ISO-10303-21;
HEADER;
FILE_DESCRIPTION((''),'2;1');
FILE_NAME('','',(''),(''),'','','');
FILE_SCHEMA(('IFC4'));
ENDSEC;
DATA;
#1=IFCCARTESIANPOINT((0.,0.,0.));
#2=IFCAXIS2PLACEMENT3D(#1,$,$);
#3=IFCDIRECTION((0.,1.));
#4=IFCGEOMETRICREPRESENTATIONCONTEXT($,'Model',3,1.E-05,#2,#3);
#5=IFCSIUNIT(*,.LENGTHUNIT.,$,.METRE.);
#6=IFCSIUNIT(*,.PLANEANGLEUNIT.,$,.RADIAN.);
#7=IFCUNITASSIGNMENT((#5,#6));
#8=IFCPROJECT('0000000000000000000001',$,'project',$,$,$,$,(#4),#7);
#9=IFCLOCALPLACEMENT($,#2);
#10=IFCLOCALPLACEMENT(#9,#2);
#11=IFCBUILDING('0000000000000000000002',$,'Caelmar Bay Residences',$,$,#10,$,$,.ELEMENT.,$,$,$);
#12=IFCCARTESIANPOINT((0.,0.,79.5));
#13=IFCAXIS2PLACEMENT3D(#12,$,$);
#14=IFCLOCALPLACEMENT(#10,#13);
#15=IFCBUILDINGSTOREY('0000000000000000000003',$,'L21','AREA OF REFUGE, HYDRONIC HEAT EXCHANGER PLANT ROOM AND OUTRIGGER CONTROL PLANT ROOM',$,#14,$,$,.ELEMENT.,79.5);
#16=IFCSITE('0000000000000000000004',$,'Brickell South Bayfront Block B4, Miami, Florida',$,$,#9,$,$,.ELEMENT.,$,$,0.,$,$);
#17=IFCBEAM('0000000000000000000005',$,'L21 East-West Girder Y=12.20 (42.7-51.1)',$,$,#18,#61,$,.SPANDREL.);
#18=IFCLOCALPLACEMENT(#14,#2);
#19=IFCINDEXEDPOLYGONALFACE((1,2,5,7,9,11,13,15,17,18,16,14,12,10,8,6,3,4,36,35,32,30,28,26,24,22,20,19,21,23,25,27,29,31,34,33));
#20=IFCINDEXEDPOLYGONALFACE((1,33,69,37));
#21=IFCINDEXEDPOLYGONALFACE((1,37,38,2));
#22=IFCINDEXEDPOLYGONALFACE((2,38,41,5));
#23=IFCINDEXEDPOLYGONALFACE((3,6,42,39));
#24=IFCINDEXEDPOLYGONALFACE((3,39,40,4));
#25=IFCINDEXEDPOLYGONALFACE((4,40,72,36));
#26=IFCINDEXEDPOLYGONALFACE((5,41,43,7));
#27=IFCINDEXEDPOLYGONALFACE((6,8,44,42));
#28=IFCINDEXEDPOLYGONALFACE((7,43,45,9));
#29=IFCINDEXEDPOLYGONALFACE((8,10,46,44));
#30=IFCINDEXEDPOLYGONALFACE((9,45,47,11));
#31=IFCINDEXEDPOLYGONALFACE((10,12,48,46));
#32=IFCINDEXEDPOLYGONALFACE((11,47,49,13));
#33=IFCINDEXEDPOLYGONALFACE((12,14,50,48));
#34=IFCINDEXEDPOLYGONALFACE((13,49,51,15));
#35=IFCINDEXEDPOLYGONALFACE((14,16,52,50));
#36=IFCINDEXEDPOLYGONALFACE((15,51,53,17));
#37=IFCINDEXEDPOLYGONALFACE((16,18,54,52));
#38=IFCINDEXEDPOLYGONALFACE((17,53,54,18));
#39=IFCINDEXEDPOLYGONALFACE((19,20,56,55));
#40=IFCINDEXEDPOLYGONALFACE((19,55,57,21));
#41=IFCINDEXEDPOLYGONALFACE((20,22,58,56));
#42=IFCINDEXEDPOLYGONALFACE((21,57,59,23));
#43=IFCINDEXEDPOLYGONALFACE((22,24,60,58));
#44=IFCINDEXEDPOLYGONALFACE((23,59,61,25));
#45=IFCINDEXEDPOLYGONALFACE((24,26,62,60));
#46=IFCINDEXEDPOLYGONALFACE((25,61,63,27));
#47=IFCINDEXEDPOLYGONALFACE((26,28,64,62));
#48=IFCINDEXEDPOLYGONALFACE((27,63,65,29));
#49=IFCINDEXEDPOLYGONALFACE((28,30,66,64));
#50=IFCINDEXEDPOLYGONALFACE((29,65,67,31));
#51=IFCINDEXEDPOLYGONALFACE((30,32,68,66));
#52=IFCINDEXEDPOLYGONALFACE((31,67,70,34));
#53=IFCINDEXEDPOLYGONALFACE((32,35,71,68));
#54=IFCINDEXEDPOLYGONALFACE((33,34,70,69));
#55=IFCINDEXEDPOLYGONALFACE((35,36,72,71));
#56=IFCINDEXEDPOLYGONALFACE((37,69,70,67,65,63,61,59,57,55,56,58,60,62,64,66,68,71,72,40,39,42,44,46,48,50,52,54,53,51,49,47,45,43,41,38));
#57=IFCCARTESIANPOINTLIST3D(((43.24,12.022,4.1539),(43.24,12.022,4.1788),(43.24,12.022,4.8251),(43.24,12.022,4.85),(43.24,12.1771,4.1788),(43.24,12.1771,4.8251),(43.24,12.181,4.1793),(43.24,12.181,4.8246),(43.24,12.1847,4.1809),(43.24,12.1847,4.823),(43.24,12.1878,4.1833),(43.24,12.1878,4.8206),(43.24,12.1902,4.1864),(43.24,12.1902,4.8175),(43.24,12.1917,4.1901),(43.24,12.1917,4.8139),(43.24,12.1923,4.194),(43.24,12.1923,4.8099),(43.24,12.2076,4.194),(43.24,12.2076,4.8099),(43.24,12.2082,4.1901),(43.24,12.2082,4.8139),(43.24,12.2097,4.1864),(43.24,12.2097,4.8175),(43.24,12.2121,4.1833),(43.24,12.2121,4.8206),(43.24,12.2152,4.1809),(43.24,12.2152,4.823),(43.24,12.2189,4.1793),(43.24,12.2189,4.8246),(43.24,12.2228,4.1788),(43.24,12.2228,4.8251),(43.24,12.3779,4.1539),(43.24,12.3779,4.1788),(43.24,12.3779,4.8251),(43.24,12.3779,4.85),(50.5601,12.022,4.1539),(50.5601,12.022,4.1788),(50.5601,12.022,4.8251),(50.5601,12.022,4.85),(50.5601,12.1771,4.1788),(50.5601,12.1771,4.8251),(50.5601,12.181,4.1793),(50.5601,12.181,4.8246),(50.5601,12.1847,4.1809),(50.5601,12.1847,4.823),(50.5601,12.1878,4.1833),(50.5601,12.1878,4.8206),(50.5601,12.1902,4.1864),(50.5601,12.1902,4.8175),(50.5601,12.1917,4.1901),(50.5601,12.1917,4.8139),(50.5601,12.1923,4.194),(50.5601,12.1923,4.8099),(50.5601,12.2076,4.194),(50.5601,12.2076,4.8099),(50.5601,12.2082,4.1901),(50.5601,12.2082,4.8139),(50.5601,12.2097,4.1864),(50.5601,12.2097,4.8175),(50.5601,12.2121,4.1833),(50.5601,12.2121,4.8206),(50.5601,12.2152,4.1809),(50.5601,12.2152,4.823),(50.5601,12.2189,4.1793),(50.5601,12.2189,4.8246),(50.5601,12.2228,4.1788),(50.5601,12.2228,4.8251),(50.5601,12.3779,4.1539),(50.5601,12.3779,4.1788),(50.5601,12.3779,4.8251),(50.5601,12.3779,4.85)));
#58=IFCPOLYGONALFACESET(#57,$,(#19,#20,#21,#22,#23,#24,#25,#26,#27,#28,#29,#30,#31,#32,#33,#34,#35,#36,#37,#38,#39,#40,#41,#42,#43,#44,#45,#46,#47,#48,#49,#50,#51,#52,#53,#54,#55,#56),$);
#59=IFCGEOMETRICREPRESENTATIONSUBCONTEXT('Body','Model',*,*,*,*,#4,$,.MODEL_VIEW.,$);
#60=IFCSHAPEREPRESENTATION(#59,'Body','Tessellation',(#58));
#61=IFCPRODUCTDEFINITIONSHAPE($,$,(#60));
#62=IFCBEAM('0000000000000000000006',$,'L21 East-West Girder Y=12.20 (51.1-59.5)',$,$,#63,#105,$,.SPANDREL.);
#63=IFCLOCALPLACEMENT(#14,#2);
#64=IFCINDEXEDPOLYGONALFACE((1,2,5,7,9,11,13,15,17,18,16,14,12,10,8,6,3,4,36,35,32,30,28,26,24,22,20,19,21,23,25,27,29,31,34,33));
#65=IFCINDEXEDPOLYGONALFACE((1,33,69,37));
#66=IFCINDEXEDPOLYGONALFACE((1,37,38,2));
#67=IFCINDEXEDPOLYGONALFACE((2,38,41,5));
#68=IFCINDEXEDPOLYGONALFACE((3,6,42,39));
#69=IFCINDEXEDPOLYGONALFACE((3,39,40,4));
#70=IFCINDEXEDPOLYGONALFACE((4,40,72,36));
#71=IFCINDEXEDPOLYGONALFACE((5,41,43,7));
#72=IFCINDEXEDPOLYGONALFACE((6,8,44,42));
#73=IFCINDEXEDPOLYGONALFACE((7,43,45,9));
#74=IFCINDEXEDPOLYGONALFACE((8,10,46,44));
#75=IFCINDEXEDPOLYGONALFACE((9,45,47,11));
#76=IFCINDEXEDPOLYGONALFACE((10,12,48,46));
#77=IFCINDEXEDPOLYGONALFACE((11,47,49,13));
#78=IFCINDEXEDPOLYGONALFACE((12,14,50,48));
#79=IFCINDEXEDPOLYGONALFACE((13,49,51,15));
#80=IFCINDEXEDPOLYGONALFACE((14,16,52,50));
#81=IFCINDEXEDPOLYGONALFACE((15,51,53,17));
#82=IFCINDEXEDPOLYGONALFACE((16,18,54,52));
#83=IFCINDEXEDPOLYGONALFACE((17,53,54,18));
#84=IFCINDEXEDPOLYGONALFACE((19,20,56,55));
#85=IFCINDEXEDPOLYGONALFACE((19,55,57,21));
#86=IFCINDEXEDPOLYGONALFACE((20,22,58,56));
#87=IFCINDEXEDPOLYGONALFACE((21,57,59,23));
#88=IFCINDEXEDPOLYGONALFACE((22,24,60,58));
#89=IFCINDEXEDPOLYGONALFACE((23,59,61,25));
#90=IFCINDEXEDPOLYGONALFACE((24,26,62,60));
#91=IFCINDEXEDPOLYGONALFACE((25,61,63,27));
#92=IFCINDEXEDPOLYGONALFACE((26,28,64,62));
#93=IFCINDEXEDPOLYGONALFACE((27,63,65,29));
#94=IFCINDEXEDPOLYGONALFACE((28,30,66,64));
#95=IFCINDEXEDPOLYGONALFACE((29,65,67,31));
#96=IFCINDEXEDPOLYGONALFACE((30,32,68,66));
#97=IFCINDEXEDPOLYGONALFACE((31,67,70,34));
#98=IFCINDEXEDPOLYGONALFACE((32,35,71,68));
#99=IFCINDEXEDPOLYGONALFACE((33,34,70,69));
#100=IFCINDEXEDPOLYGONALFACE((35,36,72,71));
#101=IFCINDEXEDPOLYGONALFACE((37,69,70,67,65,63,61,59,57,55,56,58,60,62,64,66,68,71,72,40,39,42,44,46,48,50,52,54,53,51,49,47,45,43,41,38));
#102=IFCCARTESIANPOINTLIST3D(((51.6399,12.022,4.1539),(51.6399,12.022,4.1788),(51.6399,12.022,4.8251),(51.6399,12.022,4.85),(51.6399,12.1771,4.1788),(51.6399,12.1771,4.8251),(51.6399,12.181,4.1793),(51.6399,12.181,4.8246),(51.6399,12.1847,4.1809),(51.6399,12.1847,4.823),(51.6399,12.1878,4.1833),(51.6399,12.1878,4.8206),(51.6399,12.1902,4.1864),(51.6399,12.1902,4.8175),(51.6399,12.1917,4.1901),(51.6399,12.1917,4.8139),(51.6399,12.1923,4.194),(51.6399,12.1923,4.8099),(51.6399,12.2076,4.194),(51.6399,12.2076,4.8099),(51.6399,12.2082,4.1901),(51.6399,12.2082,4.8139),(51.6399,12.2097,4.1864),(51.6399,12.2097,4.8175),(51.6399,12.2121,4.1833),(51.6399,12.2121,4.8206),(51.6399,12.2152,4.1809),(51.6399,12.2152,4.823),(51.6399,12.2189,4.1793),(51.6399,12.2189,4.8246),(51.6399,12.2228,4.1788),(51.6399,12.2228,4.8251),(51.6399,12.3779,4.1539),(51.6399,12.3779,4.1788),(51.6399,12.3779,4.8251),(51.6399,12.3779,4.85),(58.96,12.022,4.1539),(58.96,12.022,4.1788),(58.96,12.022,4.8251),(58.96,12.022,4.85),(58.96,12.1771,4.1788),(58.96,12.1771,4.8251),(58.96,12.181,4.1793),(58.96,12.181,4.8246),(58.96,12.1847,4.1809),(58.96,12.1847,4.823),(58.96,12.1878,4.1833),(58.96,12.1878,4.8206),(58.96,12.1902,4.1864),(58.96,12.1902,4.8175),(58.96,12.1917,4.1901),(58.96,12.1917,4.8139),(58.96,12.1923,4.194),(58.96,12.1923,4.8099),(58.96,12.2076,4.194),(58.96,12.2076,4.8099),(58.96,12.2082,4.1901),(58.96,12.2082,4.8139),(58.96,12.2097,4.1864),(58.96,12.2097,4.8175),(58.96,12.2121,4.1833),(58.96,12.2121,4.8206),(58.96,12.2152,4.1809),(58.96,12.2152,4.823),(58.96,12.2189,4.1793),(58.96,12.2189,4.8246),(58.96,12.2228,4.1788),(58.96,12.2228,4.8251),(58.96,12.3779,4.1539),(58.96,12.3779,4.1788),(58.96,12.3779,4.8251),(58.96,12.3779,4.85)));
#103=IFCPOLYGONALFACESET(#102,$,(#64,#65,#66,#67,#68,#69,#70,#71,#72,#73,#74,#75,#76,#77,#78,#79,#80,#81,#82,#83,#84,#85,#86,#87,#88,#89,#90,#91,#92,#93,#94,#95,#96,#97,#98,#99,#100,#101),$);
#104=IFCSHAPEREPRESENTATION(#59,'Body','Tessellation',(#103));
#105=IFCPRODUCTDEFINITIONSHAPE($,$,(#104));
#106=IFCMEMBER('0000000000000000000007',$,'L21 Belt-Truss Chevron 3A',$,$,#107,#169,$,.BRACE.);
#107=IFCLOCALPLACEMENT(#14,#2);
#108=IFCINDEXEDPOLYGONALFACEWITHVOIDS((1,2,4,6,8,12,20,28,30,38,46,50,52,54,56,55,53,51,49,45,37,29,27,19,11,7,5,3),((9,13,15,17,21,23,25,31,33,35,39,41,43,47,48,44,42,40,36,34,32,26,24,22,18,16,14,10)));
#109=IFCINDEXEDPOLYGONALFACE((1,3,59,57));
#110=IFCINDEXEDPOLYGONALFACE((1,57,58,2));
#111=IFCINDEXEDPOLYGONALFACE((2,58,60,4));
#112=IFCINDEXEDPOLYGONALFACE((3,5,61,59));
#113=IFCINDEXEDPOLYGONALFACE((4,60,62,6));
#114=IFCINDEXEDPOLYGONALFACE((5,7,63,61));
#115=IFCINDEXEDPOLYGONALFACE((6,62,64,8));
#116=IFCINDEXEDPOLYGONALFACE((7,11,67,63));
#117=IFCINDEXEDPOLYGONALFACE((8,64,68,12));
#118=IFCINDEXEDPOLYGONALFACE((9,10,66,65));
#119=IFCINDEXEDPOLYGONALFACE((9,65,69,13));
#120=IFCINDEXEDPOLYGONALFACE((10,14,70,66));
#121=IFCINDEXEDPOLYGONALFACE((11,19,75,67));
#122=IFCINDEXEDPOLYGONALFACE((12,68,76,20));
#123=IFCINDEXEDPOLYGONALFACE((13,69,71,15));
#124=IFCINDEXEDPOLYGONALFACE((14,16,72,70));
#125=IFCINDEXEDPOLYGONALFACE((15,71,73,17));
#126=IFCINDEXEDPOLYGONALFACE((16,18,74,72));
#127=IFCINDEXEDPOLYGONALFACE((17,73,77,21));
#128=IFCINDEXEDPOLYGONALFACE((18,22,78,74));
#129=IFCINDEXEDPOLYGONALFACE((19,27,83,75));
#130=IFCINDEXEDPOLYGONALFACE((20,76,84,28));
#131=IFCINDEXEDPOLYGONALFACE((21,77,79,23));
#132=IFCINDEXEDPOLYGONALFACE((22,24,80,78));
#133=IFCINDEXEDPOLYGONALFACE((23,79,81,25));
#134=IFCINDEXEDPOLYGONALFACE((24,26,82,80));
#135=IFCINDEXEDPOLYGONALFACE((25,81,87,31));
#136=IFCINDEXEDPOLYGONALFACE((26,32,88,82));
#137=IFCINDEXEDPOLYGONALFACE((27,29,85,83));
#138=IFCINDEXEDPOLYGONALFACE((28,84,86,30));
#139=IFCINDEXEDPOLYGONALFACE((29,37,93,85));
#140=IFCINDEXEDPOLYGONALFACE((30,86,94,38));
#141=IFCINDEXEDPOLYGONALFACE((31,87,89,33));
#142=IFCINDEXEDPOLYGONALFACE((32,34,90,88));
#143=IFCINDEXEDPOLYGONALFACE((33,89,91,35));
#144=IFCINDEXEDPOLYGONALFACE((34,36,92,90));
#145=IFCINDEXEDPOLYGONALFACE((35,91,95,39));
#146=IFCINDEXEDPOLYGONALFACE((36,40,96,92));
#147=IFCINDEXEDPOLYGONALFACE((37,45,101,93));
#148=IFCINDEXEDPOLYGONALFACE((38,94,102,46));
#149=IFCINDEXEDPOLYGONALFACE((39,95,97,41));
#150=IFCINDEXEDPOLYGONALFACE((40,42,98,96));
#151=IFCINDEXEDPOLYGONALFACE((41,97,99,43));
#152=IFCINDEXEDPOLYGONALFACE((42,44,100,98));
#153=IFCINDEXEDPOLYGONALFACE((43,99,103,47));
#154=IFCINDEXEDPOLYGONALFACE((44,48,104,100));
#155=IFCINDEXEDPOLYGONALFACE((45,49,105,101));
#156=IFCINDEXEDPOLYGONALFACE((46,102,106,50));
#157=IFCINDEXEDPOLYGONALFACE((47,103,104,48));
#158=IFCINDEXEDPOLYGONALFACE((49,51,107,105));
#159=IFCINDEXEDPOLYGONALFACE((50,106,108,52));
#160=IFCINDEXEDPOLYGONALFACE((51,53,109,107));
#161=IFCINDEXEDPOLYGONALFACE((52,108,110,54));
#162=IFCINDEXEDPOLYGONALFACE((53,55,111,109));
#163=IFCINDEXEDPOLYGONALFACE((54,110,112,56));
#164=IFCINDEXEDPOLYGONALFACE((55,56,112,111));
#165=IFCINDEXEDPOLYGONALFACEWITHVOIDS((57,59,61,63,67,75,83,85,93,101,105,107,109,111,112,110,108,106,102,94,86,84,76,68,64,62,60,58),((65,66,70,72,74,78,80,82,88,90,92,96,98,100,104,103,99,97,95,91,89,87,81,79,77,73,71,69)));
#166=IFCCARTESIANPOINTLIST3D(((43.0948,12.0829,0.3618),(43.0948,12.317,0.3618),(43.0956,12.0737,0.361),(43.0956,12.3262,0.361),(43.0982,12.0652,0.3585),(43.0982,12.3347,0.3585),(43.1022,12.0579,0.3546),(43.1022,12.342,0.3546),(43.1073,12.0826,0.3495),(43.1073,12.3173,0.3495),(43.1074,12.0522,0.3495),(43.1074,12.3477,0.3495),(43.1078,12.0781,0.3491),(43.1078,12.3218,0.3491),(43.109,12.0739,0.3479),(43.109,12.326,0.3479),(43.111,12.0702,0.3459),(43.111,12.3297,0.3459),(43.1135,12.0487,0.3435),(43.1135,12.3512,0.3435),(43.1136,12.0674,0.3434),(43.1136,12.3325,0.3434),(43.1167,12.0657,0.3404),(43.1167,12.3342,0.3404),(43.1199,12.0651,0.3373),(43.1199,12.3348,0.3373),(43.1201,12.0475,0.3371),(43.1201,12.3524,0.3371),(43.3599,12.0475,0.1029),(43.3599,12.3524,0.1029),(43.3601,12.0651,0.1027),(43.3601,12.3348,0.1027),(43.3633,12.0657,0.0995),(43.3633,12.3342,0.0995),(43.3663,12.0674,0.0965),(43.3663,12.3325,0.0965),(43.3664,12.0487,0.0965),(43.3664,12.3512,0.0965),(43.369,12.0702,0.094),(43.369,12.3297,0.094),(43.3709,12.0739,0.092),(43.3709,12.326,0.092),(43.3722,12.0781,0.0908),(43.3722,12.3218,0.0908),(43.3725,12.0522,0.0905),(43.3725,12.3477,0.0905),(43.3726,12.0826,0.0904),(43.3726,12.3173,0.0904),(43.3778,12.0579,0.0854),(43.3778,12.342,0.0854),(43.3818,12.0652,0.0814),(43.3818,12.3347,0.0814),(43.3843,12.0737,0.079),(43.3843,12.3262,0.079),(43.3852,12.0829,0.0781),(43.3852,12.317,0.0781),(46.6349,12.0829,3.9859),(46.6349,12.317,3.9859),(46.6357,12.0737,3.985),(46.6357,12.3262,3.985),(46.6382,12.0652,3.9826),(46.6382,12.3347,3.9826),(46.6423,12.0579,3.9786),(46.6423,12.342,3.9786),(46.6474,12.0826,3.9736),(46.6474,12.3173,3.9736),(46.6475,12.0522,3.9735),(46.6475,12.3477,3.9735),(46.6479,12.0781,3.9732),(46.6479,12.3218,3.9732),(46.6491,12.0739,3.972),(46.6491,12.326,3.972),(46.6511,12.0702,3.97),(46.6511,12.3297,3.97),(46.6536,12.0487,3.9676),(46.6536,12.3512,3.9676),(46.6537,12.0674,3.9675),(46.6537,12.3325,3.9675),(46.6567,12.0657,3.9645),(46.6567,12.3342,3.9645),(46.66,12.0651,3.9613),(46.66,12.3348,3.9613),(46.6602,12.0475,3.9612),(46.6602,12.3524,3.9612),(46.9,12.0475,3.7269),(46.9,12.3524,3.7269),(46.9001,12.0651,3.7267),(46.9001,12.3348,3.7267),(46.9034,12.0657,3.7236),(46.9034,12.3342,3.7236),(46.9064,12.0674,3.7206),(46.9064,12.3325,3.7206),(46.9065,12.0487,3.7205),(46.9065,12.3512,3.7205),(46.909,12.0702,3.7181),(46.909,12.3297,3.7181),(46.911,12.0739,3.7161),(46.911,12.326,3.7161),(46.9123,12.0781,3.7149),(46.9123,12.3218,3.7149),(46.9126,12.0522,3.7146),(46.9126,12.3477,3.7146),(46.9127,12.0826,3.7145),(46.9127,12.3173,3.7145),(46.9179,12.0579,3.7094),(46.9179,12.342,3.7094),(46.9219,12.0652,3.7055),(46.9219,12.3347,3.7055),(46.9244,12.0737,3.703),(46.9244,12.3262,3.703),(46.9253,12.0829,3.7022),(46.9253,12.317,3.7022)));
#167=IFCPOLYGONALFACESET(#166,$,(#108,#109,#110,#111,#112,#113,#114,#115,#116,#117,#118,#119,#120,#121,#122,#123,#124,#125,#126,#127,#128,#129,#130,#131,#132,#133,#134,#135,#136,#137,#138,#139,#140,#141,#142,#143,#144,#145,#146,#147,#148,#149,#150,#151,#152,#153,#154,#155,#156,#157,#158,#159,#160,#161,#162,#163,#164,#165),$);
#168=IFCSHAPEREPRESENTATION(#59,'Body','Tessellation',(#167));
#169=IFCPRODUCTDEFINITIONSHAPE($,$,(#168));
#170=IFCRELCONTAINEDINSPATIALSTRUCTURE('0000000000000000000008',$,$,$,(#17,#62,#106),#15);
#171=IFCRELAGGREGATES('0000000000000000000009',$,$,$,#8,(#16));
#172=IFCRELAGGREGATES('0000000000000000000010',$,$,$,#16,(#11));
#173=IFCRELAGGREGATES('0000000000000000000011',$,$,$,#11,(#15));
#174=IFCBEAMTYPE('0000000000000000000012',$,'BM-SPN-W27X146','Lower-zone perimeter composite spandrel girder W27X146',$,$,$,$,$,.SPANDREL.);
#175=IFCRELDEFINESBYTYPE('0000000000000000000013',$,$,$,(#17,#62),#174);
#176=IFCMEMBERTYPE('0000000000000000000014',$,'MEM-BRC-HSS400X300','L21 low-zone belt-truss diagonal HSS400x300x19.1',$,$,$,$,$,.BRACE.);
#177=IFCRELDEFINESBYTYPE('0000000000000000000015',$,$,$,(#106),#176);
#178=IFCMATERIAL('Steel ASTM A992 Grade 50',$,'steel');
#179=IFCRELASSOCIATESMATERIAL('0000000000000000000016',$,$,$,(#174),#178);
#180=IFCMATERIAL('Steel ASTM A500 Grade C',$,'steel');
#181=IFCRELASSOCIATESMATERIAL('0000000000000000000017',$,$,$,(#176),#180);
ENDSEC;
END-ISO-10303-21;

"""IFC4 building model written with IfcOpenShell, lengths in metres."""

from ifc_helpers import new_model, si_unit, direction, frame, origin, origin_2d, place, context, subcontext, project, spatial, hollow_rectangle, i_section, extrude, material, material_profile, profile_set, type_object, element, save


model = new_model("IFC4")

# Units and contexts
model_context = context("Model", 3, precision=1e-05, world=origin(), true_north=direction((0.0, 1.0)))
body_context = subcontext(model_context, "Body", "Model", "MODEL_VIEW")
ifc_project = project(units=[si_unit("LENGTHUNIT", "METRE"), si_unit("PLANEANGLEUNIT", "RADIAN")], contexts=[model_context])

# Site, building, storey
site_placement = place(None, origin())
site = spatial("IfcSite", under=ifc_project, at=site_placement, Name="Brickell South Bayfront Block B4, Miami, Florida", CompositionType="ELEMENT", RefElevation=0.0)
building_placement = place(site_placement, origin())
building = spatial("IfcBuilding", under=site, at=building_placement, Name="Caelmar Bay Residences", CompositionType="ELEMENT")
storey_placement = place(building_placement, frame((0.0, 0.0, 79.5)))
storey = spatial("IfcBuildingStorey", under=building, at=storey_placement, Name="L21", Description="AREA OF REFUGE, HYDRONIC HEAT EXCHANGER PLANT ROOM AND OUTRIGGER CONTROL PLANT ROOM", CompositionType="ELEMENT", Elevation=79.5)

# Beams
ifc_material_1 = material(Name="Steel ASTM A992 Grade 50", Category="steel")
ifc_material_profile_1 = material_profile(ifc_material_1, i_section(OverallWidth=0.356, OverallDepth=0.696, WebThickness=0.0154, FlangeThickness=0.0249, FilletRadius=0.0151, at=origin_2d()), Name="W27X146")
ifc_profile_set_1 = profile_set([ifc_material_profile_1], Name="Steel ASTM A992 Grade 50")
beam_type_1 = type_object("IfcBeamType", Name="BM-SPN-W27X146", Description="Lower-zone perimeter composite spandrel girder W27X146", PredefinedType="SPANDREL", material=ifc_profile_set_1)
for number, where, z_axis, x_axis, name in (
    (1, (43.24, 12.2, 4.502), (1.0, 0.0, 0.0), (0.0, 1.0, 0.0), "L21 East-West Girder Y=12.20 (42.7-51.1)"),
    (2, (51.6399, 12.2, 4.502), (1.0, 0.0, 0.0), (0.0, 1.0, 0.0), "L21 East-West Girder Y=12.20 (51.1-59.5)"),
):
    element("IfcBeam", number, at=place(storey_placement, frame(where, z_axis=z_axis, x_axis=x_axis)), inside=storey, type_object=beam_type_1, Name=name, PredefinedType="SPANDREL", context=body_context, shape_type="SweptSolid", body=[
        extrude(i_section(OverallWidth=0.356, OverallDepth=0.696, WebThickness=0.0154, FlangeThickness=0.0249, FilletRadius=0.0151, at=origin_2d()), origin(), (0.0, 0.0, 1.0), 7.3201),
    ])

# Member
ifc_material_2 = material(Name="Steel ASTM A500 Grade C", Category="steel")
ifc_material_profile_2 = material_profile(ifc_material_2, hollow_rectangle(XDim=0.3049, YDim=0.406, WallThickness=0.0176, InnerFilletRadius=0.0176, OuterFilletRadius=0.0354, at=origin_2d()), Name="HSS400X300X19.1")
ifc_profile_set_2 = profile_set([ifc_material_profile_2], Name="Steel ASTM A500 Grade C")
member_type_1 = type_object("IfcMemberType", Name="MEM-BRC-HSS400X300", Description="L21 low-zone belt-truss diagonal HSS400x300x19.1", PredefinedType="BRACE", material=ifc_profile_set_2)
for number, where, z_axis, x_axis, name in (
    (3, (43.24, 12.2, 0.22), (0.698769, 0.0, 0.715347), (0.0, 1.0, 0.0), "L21 Belt-Truss Chevron 3A"),
):
    element("IfcMember", number, at=place(storey_placement, frame(where, z_axis=z_axis, x_axis=x_axis)), inside=storey, type_object=member_type_1, Name=name, PredefinedType="BRACE", context=body_context, shape_type="SweptSolid", body=[
        extrude(hollow_rectangle(XDim=0.3049, YDim=0.406, WallThickness=0.0176, InnerFilletRadius=0.0176, OuterFilletRadius=0.0354, at=origin_2d()), origin(), (0.0, 0.0, 1.0), 5.0662),
    ])

save(model, "model.ifc")
